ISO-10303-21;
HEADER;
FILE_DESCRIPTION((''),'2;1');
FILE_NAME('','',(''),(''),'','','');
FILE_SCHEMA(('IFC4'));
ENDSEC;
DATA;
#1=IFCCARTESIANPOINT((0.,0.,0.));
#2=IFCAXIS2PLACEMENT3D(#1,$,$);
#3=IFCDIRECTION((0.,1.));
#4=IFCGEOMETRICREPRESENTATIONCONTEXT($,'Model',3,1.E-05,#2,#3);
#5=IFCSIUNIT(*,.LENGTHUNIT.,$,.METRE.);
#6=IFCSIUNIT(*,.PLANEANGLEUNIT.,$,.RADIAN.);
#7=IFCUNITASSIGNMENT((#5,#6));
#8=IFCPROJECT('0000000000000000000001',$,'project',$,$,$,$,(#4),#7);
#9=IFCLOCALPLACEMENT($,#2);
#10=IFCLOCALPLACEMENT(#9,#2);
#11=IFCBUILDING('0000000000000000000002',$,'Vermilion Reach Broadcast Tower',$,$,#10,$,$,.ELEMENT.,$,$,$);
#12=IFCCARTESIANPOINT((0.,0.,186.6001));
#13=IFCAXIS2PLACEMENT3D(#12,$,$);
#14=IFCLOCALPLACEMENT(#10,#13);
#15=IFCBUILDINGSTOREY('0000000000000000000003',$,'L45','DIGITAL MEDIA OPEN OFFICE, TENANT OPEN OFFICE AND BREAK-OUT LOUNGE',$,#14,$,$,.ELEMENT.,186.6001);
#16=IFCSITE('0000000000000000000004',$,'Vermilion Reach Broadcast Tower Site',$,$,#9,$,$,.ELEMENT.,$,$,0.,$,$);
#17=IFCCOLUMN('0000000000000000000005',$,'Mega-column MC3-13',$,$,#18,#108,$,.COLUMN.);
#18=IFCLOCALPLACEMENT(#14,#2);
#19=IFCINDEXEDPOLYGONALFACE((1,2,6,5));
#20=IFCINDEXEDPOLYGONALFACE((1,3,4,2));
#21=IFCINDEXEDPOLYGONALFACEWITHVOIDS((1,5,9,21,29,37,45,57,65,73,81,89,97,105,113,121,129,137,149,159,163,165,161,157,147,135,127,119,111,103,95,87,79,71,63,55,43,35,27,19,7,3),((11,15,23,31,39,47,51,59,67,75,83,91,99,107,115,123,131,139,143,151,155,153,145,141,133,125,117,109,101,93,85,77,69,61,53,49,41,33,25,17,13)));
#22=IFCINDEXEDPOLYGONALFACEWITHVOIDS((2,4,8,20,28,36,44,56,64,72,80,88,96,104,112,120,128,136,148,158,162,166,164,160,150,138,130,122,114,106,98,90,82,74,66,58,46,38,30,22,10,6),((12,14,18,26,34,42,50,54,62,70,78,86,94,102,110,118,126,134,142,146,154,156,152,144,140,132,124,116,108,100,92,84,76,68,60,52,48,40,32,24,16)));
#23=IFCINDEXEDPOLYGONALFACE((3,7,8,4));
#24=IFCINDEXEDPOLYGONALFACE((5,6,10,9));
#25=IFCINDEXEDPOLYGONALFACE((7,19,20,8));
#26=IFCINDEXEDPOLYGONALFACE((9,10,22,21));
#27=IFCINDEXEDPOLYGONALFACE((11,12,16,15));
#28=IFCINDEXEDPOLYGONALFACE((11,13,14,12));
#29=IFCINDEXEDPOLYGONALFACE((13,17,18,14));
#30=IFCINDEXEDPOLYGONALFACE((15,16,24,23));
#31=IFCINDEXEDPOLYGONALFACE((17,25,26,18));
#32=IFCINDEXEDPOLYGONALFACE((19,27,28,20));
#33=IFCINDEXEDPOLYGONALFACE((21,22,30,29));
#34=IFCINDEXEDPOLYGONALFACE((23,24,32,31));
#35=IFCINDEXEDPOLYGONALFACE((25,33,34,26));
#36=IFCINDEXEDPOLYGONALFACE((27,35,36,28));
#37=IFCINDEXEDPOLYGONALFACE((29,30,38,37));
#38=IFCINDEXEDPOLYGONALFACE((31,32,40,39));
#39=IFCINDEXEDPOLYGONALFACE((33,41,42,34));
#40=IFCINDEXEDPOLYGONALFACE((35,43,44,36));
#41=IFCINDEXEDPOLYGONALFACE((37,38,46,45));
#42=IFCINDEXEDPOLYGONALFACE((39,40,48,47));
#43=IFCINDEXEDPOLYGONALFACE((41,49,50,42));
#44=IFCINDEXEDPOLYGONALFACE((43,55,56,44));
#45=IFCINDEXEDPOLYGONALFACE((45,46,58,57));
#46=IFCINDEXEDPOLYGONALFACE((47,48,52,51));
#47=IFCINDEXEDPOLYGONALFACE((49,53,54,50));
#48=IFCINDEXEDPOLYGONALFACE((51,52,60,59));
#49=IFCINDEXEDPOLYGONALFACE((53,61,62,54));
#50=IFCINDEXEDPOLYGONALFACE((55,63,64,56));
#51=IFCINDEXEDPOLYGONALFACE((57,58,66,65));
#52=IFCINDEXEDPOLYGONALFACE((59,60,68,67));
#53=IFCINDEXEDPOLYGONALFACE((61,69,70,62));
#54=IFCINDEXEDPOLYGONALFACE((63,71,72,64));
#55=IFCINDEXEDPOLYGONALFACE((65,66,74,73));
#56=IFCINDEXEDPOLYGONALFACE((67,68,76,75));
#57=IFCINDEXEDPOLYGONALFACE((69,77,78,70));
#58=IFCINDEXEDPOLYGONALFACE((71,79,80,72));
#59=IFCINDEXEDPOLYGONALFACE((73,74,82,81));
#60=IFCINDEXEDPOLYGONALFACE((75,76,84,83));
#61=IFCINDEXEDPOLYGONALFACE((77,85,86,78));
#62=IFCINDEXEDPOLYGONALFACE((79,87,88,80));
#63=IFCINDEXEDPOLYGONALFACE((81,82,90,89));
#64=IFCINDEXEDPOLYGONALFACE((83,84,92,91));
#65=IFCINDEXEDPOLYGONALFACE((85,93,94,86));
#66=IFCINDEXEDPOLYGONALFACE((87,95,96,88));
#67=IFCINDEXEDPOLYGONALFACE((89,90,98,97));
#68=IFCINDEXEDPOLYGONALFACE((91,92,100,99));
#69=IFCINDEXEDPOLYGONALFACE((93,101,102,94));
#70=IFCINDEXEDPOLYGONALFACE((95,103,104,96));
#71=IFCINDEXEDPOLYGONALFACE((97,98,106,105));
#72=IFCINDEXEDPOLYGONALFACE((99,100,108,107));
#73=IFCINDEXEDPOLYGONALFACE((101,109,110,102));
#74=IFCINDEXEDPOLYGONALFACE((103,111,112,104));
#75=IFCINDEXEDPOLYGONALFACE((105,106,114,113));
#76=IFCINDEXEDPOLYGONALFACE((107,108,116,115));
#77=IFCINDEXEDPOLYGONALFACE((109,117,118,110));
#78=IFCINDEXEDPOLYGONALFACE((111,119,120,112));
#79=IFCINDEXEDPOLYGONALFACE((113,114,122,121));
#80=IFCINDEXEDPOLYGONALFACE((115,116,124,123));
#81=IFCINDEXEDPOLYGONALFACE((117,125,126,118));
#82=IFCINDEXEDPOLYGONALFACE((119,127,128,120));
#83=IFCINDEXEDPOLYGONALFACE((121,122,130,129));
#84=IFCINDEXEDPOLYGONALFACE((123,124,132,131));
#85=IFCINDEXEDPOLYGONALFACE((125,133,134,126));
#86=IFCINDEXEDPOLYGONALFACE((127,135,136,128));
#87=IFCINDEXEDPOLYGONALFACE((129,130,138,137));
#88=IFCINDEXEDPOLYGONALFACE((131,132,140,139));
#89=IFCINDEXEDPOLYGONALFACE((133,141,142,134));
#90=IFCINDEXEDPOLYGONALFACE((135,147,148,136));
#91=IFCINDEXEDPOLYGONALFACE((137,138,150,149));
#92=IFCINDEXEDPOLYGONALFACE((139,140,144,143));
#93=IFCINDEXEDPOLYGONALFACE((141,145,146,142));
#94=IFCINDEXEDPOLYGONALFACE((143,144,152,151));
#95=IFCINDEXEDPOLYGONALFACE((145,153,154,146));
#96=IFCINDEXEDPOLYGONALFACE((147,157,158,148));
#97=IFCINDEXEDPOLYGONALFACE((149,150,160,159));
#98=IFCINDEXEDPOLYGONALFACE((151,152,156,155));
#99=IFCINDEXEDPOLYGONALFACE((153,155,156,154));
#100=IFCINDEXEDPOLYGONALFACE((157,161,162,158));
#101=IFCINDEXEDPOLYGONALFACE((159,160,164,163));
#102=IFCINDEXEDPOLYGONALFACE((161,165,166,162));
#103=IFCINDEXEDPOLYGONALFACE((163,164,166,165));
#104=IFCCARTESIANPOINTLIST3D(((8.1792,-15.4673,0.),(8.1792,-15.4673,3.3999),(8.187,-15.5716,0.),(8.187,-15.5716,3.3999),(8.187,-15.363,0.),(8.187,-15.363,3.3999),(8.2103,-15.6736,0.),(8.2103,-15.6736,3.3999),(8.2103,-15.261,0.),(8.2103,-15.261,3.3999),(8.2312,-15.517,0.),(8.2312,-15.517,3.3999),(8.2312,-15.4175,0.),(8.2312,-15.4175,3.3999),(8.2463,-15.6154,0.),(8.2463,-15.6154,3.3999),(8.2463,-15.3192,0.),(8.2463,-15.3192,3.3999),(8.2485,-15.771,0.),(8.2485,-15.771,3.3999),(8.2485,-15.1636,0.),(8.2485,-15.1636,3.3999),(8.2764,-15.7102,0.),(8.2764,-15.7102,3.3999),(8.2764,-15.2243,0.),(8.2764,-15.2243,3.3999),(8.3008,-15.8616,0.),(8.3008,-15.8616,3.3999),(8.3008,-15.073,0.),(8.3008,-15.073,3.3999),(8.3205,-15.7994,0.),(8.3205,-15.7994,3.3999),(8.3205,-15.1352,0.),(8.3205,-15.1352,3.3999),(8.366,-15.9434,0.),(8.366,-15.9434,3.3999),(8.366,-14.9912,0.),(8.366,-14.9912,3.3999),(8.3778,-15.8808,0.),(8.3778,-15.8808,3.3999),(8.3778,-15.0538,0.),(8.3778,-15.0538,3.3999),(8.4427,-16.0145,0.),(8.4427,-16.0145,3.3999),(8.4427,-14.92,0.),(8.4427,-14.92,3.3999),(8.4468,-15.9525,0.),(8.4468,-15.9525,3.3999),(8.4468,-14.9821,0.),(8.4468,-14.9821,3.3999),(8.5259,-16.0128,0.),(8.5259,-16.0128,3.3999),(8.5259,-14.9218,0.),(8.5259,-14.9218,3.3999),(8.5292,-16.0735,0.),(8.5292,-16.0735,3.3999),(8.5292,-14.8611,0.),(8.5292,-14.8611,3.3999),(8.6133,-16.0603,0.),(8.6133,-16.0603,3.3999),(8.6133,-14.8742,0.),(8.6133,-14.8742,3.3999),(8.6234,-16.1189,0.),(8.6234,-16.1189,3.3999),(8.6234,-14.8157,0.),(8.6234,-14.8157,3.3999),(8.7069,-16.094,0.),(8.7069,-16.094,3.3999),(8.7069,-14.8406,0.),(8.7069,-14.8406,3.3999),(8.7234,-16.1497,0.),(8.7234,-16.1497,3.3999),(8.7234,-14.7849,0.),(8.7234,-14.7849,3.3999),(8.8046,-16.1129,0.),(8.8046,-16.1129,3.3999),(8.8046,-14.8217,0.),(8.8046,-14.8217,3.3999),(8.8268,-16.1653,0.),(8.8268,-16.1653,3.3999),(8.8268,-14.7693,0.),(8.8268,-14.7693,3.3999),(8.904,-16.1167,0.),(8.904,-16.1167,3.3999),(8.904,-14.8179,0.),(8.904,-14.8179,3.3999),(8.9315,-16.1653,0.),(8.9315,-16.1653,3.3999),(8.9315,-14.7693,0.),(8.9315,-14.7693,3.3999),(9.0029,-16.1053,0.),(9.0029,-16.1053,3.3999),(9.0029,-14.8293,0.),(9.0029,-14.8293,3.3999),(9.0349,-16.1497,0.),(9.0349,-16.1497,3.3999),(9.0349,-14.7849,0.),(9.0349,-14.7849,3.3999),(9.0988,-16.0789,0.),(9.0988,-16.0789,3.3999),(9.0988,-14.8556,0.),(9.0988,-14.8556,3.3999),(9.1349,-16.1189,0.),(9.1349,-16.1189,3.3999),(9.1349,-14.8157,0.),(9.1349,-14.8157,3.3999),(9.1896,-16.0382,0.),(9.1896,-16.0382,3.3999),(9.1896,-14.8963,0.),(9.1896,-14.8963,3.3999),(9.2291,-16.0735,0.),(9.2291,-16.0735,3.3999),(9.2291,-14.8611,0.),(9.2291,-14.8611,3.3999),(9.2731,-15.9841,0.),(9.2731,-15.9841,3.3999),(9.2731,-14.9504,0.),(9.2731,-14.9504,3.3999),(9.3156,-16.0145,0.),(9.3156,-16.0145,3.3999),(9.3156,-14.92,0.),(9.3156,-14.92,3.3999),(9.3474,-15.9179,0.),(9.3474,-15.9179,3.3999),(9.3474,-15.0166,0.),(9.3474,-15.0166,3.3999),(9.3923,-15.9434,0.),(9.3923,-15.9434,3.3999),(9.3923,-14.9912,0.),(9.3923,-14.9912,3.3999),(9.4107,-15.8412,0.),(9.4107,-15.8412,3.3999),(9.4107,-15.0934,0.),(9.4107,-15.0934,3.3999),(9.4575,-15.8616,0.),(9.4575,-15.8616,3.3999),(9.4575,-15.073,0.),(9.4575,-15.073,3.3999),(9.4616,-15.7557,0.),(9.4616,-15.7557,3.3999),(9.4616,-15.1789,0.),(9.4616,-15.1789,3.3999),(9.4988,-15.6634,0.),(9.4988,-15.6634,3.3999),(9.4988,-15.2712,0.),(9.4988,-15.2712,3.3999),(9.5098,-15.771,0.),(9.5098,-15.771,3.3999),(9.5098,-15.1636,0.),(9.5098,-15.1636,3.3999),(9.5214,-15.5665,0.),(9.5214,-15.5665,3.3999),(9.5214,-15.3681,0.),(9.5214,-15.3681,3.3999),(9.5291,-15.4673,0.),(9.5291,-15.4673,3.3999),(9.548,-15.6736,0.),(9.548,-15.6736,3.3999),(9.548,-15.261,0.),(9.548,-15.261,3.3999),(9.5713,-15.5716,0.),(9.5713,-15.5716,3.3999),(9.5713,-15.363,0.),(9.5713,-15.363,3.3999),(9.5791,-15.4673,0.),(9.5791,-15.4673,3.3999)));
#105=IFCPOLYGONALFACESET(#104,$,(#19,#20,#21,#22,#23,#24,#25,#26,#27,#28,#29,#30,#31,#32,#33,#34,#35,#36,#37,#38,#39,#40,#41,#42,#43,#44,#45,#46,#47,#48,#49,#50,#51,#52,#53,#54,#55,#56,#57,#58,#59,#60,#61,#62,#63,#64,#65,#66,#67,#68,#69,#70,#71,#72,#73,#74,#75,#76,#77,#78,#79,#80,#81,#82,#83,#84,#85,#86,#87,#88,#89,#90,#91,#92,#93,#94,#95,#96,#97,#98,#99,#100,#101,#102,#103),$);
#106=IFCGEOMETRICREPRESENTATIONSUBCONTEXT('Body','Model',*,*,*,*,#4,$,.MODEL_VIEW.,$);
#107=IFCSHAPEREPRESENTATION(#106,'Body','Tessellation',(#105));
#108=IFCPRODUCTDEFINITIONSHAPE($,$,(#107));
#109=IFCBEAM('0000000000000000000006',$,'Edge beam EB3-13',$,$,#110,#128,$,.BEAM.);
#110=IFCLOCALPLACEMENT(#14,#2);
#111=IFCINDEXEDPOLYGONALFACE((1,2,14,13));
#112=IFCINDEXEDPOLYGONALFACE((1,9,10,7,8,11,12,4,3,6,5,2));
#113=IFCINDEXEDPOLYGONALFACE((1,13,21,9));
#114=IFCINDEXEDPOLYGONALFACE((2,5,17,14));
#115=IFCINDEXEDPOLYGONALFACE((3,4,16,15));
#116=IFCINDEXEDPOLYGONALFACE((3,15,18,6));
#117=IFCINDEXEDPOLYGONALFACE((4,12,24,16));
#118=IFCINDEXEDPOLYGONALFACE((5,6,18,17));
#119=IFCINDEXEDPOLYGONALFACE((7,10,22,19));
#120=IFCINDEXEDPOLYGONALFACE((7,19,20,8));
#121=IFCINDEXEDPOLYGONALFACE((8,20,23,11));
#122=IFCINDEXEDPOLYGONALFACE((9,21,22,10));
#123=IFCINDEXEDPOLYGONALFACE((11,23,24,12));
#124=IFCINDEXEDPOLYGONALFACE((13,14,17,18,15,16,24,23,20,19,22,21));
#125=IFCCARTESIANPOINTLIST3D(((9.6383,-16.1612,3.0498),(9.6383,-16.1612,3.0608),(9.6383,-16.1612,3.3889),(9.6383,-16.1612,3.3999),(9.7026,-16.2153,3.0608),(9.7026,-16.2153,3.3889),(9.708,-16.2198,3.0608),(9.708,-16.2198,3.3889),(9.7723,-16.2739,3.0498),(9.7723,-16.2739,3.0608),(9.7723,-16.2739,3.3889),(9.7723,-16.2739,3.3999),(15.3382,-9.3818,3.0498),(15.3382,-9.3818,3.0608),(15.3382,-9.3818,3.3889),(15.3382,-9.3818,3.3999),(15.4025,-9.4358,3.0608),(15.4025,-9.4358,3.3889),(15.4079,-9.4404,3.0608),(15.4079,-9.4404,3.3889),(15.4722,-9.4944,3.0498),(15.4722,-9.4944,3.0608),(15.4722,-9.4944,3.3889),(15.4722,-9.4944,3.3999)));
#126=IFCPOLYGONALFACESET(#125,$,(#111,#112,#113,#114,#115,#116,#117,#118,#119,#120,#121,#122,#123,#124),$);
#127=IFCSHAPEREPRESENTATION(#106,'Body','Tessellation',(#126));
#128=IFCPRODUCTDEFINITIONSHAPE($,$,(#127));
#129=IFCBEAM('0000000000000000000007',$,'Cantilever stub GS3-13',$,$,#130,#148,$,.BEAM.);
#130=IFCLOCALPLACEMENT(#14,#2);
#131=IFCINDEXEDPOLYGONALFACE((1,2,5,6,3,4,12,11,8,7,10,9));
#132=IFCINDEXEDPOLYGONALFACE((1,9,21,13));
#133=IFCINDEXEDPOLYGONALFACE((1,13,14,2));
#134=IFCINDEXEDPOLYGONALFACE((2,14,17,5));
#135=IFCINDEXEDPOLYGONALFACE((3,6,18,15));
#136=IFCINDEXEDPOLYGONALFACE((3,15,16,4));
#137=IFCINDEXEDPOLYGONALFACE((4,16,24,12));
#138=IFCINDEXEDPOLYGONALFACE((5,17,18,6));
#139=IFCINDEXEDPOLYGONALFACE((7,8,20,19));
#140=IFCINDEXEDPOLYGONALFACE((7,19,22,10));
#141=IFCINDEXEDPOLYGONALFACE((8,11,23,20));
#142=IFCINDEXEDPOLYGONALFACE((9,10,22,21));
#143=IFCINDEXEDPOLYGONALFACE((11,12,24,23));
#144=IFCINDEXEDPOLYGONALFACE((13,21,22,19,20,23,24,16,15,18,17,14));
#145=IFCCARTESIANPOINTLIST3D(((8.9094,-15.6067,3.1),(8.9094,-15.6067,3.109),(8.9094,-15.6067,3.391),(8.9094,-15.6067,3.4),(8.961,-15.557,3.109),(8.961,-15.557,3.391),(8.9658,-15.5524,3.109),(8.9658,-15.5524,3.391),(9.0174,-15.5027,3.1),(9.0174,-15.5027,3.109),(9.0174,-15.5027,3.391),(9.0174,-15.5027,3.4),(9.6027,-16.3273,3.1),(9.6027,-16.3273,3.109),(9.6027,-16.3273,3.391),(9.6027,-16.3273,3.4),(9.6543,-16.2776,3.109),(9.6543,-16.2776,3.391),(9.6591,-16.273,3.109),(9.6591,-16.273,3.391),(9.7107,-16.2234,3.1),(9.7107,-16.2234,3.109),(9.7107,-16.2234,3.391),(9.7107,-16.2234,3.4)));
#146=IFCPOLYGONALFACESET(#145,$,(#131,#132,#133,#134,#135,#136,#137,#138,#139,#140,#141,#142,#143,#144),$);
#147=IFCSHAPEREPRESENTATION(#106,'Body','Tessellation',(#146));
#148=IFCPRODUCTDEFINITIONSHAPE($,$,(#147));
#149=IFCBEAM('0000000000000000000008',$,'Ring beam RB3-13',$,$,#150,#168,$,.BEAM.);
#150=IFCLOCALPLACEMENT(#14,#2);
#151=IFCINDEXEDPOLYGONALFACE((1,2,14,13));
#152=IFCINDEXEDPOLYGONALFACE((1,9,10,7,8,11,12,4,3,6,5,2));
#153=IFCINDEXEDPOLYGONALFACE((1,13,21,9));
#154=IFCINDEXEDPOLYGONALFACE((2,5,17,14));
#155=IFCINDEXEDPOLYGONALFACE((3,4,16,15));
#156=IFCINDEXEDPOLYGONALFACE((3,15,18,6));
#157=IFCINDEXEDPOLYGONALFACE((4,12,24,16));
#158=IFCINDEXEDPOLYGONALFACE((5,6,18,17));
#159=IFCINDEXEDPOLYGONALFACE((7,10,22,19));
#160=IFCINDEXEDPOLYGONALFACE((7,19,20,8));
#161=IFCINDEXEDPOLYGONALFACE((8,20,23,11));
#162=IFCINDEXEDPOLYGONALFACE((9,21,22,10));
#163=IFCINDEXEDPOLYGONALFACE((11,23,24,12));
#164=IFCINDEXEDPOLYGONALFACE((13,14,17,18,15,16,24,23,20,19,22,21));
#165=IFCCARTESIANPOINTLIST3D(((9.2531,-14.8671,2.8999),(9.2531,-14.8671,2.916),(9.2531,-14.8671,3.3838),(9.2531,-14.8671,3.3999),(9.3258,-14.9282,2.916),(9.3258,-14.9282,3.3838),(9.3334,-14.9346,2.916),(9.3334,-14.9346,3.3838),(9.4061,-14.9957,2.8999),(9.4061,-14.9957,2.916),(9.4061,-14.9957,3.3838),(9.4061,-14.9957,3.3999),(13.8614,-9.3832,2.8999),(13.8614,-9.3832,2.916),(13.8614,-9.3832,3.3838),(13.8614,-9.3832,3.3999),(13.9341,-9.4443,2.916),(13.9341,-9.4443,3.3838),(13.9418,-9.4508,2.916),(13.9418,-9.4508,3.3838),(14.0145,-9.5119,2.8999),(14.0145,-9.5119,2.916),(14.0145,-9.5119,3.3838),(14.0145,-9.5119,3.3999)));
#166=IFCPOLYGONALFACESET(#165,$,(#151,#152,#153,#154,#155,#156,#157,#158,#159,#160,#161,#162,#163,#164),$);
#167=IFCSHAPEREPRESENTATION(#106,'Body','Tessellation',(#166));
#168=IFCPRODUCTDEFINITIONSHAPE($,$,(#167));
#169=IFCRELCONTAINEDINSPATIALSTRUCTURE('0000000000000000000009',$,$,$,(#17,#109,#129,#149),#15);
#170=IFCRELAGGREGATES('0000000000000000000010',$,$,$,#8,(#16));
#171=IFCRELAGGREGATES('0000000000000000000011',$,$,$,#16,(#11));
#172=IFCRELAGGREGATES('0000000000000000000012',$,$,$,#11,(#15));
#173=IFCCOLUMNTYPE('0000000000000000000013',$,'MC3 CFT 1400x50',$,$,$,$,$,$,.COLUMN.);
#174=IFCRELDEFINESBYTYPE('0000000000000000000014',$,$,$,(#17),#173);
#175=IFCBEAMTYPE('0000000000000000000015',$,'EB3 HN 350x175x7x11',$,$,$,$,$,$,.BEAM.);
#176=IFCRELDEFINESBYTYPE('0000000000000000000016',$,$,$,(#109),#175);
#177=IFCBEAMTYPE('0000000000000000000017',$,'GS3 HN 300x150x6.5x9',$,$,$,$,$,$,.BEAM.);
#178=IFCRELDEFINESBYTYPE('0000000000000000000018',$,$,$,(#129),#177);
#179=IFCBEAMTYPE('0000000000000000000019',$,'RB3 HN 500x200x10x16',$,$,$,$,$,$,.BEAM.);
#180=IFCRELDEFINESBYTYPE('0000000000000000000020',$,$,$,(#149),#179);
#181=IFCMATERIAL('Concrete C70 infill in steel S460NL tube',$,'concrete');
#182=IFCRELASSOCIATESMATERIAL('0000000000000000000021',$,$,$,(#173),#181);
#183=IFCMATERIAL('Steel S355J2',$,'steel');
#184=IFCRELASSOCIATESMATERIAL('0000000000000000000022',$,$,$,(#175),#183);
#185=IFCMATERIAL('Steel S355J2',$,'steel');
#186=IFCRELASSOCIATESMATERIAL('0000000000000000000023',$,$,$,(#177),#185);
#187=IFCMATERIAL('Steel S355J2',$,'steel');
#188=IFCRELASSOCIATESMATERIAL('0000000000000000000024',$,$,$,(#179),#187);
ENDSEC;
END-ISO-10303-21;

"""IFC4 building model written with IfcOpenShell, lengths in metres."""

from ifc_helpers import new_model, si_unit, direction, frame, origin, origin_2d, place, context, subcontext, project, spatial, hollow_circle, i_section, extrude, material, material_profile, profile_set, type_object, element, save


model = new_model("IFC4")

# Units and contexts
model_context = context("Model", 3, precision=1e-05, world=origin(), true_north=direction((0.0, 1.0)))
body_context = subcontext(model_context, "Body", "Model", "MODEL_VIEW")
ifc_project = project(units=[si_unit("LENGTHUNIT", "METRE"), si_unit("PLANEANGLEUNIT", "RADIAN")], contexts=[model_context])

# Site, building, storey
site_placement = place(None, origin())
site = spatial("IfcSite", under=ifc_project, at=site_placement, Name="Vermilion Reach Broadcast Tower Site", CompositionType="ELEMENT", RefElevation=0.0)
building_placement = place(site_placement, origin())
building = spatial("IfcBuilding", under=site, at=building_placement, Name="Vermilion Reach Broadcast Tower", CompositionType="ELEMENT")
storey_placement = place(building_placement, frame((0.0, 0.0, 186.6001)))
storey = spatial("IfcBuildingStorey", under=building, at=storey_placement, Name="L45", Description="DIGITAL MEDIA OPEN OFFICE, TENANT OPEN OFFICE AND BREAK-OUT LOUNGE", CompositionType="ELEMENT", Elevation=186.6001)

# Column
ifc_material_1 = material(Name="Concrete C70 infill in steel S460NL tube", Category="concrete")
ifc_material_profile_1 = material_profile(ifc_material_1, hollow_circle(Radius=0.7, WallThickness=0.05, at=origin_2d()), Name="Concrete C70 infill in steel S460NL tube CFT 1400x50")
ifc_profile_set_1 = profile_set([ifc_material_profile_1], Name="Concrete C70 infill in steel S460NL tube")
column_type = type_object("IfcColumnType", Name="MC3 CFT 1400x50", PredefinedType="COLUMN", material=ifc_profile_set_1)
column_placement = place(storey_placement, frame((8.8792, -15.4673, 0.0), z_axis=(0.0, 0.0, 1.0), x_axis=(1.0, 0.0, 0.0)))
element("IfcColumn", 1, at=column_placement, inside=storey, type_object=column_type, Name="Mega-column MC3-13", PredefinedType="COLUMN", context=body_context, shape_type="SweptSolid", body=[
    extrude(hollow_circle(Radius=0.7, WallThickness=0.05, at=origin_2d()), origin(), (0.0, 0.0, 1.0), 3.3999),
])

# Beams
ifc_material_2 = material(Name="Steel S355J2", Category="steel")
ifc_material_profile_2 = material_profile(ifc_material_2, i_section(OverallWidth=0.175, OverallDepth=0.3501, WebThickness=0.0071, FlangeThickness=0.011, at=origin_2d()), Name="S355J2 HN 350x175x7x11")
ifc_profile_set_2 = profile_set([ifc_material_profile_2], Name="Steel S355J2")
beam_type_1 = type_object("IfcBeamType", Name="EB3 HN 350x175x7x11", PredefinedType="BEAM", material=ifc_profile_set_2)
beam_1_placement = place(storey_placement, frame((9.7053, -16.2175, 3.2249), z_axis=(0.643532, 0.765419, 0.0), x_axis=(-0.765419, 0.643532, 0.0)))
element("IfcBeam", 2, at=beam_1_placement, inside=storey, type_object=beam_type_1, Name="Edge beam EB3-13", PredefinedType="BEAM", context=body_context, shape_type="SweptSolid", body=[
    extrude(i_section(OverallWidth=0.175, OverallDepth=0.3501, WebThickness=0.0071, FlangeThickness=0.011, at=origin_2d()), origin(), (0.0, 0.0, 1.0), 8.8572),
])
ifc_material_3 = material(Name="Steel S355J2", Category="steel")
ifc_material_profile_3 = material_profile(ifc_material_3, i_section(OverallWidth=0.1499, OverallDepth=0.3, WebThickness=0.0066, FlangeThickness=0.009, at=origin_2d()), Name="S355J2 HN 300x150x6.5x9")
ifc_profile_set_3 = profile_set([ifc_material_profile_3], Name="Steel S355J2")
beam_type_2 = type_object("IfcBeamType", Name="GS3 HN 300x150x6.5x9", PredefinedType="BEAM", material=ifc_profile_set_3)
beam_2_placement = place(storey_placement, frame((8.9634, -15.5547, 3.25), z_axis=(0.693304, -0.720645, 0.0), x_axis=(0.720645, 0.693304, 0.0)))
element("IfcBeam", 3, at=beam_2_placement, inside=storey, type_object=beam_type_2, Name="Cantilever stub GS3-13", PredefinedType="BEAM", context=body_context, shape_type="SweptSolid", body=[
    extrude(i_section(OverallWidth=0.1499, OverallDepth=0.3, WebThickness=0.0066, FlangeThickness=0.009, at=origin_2d()), origin(), (0.0, 0.0, 1.0), 1.0),
])
ifc_material_4 = material(Name="Steel S355J2", Category="steel")
ifc_material_profile_4 = material_profile(ifc_material_4, i_section(OverallWidth=0.2, OverallDepth=0.5, WebThickness=0.01, FlangeThickness=0.0161, at=origin_2d()), Name="S355J2 HN 500x200x10x16")
ifc_profile_set_4 = profile_set([ifc_material_profile_4], Name="Steel S355J2")
beam_type_3 = type_object("IfcBeamType", Name="RB3 HN 500x200x10x16", PredefinedType="BEAM", material=ifc_profile_set_4)
beam_3_placement = place(storey_placement, frame((9.3296, -14.9314, 3.1499), z_axis=(0.64335, 0.765572, 0.0), x_axis=(-0.765572, 0.64335, 0.0)))
element("IfcBeam", 4, at=beam_3_placement, inside=storey, type_object=beam_type_3, Name="Ring beam RB3-13", PredefinedType="BEAM", context=body_context, shape_type="SweptSolid", body=[
    extrude(i_section(OverallWidth=0.2, OverallDepth=0.5, WebThickness=0.01, FlangeThickness=0.0161, at=origin_2d()), origin(), (0.0, 0.0, 1.0), 7.1631),
])

save(model, "model.ifc")
